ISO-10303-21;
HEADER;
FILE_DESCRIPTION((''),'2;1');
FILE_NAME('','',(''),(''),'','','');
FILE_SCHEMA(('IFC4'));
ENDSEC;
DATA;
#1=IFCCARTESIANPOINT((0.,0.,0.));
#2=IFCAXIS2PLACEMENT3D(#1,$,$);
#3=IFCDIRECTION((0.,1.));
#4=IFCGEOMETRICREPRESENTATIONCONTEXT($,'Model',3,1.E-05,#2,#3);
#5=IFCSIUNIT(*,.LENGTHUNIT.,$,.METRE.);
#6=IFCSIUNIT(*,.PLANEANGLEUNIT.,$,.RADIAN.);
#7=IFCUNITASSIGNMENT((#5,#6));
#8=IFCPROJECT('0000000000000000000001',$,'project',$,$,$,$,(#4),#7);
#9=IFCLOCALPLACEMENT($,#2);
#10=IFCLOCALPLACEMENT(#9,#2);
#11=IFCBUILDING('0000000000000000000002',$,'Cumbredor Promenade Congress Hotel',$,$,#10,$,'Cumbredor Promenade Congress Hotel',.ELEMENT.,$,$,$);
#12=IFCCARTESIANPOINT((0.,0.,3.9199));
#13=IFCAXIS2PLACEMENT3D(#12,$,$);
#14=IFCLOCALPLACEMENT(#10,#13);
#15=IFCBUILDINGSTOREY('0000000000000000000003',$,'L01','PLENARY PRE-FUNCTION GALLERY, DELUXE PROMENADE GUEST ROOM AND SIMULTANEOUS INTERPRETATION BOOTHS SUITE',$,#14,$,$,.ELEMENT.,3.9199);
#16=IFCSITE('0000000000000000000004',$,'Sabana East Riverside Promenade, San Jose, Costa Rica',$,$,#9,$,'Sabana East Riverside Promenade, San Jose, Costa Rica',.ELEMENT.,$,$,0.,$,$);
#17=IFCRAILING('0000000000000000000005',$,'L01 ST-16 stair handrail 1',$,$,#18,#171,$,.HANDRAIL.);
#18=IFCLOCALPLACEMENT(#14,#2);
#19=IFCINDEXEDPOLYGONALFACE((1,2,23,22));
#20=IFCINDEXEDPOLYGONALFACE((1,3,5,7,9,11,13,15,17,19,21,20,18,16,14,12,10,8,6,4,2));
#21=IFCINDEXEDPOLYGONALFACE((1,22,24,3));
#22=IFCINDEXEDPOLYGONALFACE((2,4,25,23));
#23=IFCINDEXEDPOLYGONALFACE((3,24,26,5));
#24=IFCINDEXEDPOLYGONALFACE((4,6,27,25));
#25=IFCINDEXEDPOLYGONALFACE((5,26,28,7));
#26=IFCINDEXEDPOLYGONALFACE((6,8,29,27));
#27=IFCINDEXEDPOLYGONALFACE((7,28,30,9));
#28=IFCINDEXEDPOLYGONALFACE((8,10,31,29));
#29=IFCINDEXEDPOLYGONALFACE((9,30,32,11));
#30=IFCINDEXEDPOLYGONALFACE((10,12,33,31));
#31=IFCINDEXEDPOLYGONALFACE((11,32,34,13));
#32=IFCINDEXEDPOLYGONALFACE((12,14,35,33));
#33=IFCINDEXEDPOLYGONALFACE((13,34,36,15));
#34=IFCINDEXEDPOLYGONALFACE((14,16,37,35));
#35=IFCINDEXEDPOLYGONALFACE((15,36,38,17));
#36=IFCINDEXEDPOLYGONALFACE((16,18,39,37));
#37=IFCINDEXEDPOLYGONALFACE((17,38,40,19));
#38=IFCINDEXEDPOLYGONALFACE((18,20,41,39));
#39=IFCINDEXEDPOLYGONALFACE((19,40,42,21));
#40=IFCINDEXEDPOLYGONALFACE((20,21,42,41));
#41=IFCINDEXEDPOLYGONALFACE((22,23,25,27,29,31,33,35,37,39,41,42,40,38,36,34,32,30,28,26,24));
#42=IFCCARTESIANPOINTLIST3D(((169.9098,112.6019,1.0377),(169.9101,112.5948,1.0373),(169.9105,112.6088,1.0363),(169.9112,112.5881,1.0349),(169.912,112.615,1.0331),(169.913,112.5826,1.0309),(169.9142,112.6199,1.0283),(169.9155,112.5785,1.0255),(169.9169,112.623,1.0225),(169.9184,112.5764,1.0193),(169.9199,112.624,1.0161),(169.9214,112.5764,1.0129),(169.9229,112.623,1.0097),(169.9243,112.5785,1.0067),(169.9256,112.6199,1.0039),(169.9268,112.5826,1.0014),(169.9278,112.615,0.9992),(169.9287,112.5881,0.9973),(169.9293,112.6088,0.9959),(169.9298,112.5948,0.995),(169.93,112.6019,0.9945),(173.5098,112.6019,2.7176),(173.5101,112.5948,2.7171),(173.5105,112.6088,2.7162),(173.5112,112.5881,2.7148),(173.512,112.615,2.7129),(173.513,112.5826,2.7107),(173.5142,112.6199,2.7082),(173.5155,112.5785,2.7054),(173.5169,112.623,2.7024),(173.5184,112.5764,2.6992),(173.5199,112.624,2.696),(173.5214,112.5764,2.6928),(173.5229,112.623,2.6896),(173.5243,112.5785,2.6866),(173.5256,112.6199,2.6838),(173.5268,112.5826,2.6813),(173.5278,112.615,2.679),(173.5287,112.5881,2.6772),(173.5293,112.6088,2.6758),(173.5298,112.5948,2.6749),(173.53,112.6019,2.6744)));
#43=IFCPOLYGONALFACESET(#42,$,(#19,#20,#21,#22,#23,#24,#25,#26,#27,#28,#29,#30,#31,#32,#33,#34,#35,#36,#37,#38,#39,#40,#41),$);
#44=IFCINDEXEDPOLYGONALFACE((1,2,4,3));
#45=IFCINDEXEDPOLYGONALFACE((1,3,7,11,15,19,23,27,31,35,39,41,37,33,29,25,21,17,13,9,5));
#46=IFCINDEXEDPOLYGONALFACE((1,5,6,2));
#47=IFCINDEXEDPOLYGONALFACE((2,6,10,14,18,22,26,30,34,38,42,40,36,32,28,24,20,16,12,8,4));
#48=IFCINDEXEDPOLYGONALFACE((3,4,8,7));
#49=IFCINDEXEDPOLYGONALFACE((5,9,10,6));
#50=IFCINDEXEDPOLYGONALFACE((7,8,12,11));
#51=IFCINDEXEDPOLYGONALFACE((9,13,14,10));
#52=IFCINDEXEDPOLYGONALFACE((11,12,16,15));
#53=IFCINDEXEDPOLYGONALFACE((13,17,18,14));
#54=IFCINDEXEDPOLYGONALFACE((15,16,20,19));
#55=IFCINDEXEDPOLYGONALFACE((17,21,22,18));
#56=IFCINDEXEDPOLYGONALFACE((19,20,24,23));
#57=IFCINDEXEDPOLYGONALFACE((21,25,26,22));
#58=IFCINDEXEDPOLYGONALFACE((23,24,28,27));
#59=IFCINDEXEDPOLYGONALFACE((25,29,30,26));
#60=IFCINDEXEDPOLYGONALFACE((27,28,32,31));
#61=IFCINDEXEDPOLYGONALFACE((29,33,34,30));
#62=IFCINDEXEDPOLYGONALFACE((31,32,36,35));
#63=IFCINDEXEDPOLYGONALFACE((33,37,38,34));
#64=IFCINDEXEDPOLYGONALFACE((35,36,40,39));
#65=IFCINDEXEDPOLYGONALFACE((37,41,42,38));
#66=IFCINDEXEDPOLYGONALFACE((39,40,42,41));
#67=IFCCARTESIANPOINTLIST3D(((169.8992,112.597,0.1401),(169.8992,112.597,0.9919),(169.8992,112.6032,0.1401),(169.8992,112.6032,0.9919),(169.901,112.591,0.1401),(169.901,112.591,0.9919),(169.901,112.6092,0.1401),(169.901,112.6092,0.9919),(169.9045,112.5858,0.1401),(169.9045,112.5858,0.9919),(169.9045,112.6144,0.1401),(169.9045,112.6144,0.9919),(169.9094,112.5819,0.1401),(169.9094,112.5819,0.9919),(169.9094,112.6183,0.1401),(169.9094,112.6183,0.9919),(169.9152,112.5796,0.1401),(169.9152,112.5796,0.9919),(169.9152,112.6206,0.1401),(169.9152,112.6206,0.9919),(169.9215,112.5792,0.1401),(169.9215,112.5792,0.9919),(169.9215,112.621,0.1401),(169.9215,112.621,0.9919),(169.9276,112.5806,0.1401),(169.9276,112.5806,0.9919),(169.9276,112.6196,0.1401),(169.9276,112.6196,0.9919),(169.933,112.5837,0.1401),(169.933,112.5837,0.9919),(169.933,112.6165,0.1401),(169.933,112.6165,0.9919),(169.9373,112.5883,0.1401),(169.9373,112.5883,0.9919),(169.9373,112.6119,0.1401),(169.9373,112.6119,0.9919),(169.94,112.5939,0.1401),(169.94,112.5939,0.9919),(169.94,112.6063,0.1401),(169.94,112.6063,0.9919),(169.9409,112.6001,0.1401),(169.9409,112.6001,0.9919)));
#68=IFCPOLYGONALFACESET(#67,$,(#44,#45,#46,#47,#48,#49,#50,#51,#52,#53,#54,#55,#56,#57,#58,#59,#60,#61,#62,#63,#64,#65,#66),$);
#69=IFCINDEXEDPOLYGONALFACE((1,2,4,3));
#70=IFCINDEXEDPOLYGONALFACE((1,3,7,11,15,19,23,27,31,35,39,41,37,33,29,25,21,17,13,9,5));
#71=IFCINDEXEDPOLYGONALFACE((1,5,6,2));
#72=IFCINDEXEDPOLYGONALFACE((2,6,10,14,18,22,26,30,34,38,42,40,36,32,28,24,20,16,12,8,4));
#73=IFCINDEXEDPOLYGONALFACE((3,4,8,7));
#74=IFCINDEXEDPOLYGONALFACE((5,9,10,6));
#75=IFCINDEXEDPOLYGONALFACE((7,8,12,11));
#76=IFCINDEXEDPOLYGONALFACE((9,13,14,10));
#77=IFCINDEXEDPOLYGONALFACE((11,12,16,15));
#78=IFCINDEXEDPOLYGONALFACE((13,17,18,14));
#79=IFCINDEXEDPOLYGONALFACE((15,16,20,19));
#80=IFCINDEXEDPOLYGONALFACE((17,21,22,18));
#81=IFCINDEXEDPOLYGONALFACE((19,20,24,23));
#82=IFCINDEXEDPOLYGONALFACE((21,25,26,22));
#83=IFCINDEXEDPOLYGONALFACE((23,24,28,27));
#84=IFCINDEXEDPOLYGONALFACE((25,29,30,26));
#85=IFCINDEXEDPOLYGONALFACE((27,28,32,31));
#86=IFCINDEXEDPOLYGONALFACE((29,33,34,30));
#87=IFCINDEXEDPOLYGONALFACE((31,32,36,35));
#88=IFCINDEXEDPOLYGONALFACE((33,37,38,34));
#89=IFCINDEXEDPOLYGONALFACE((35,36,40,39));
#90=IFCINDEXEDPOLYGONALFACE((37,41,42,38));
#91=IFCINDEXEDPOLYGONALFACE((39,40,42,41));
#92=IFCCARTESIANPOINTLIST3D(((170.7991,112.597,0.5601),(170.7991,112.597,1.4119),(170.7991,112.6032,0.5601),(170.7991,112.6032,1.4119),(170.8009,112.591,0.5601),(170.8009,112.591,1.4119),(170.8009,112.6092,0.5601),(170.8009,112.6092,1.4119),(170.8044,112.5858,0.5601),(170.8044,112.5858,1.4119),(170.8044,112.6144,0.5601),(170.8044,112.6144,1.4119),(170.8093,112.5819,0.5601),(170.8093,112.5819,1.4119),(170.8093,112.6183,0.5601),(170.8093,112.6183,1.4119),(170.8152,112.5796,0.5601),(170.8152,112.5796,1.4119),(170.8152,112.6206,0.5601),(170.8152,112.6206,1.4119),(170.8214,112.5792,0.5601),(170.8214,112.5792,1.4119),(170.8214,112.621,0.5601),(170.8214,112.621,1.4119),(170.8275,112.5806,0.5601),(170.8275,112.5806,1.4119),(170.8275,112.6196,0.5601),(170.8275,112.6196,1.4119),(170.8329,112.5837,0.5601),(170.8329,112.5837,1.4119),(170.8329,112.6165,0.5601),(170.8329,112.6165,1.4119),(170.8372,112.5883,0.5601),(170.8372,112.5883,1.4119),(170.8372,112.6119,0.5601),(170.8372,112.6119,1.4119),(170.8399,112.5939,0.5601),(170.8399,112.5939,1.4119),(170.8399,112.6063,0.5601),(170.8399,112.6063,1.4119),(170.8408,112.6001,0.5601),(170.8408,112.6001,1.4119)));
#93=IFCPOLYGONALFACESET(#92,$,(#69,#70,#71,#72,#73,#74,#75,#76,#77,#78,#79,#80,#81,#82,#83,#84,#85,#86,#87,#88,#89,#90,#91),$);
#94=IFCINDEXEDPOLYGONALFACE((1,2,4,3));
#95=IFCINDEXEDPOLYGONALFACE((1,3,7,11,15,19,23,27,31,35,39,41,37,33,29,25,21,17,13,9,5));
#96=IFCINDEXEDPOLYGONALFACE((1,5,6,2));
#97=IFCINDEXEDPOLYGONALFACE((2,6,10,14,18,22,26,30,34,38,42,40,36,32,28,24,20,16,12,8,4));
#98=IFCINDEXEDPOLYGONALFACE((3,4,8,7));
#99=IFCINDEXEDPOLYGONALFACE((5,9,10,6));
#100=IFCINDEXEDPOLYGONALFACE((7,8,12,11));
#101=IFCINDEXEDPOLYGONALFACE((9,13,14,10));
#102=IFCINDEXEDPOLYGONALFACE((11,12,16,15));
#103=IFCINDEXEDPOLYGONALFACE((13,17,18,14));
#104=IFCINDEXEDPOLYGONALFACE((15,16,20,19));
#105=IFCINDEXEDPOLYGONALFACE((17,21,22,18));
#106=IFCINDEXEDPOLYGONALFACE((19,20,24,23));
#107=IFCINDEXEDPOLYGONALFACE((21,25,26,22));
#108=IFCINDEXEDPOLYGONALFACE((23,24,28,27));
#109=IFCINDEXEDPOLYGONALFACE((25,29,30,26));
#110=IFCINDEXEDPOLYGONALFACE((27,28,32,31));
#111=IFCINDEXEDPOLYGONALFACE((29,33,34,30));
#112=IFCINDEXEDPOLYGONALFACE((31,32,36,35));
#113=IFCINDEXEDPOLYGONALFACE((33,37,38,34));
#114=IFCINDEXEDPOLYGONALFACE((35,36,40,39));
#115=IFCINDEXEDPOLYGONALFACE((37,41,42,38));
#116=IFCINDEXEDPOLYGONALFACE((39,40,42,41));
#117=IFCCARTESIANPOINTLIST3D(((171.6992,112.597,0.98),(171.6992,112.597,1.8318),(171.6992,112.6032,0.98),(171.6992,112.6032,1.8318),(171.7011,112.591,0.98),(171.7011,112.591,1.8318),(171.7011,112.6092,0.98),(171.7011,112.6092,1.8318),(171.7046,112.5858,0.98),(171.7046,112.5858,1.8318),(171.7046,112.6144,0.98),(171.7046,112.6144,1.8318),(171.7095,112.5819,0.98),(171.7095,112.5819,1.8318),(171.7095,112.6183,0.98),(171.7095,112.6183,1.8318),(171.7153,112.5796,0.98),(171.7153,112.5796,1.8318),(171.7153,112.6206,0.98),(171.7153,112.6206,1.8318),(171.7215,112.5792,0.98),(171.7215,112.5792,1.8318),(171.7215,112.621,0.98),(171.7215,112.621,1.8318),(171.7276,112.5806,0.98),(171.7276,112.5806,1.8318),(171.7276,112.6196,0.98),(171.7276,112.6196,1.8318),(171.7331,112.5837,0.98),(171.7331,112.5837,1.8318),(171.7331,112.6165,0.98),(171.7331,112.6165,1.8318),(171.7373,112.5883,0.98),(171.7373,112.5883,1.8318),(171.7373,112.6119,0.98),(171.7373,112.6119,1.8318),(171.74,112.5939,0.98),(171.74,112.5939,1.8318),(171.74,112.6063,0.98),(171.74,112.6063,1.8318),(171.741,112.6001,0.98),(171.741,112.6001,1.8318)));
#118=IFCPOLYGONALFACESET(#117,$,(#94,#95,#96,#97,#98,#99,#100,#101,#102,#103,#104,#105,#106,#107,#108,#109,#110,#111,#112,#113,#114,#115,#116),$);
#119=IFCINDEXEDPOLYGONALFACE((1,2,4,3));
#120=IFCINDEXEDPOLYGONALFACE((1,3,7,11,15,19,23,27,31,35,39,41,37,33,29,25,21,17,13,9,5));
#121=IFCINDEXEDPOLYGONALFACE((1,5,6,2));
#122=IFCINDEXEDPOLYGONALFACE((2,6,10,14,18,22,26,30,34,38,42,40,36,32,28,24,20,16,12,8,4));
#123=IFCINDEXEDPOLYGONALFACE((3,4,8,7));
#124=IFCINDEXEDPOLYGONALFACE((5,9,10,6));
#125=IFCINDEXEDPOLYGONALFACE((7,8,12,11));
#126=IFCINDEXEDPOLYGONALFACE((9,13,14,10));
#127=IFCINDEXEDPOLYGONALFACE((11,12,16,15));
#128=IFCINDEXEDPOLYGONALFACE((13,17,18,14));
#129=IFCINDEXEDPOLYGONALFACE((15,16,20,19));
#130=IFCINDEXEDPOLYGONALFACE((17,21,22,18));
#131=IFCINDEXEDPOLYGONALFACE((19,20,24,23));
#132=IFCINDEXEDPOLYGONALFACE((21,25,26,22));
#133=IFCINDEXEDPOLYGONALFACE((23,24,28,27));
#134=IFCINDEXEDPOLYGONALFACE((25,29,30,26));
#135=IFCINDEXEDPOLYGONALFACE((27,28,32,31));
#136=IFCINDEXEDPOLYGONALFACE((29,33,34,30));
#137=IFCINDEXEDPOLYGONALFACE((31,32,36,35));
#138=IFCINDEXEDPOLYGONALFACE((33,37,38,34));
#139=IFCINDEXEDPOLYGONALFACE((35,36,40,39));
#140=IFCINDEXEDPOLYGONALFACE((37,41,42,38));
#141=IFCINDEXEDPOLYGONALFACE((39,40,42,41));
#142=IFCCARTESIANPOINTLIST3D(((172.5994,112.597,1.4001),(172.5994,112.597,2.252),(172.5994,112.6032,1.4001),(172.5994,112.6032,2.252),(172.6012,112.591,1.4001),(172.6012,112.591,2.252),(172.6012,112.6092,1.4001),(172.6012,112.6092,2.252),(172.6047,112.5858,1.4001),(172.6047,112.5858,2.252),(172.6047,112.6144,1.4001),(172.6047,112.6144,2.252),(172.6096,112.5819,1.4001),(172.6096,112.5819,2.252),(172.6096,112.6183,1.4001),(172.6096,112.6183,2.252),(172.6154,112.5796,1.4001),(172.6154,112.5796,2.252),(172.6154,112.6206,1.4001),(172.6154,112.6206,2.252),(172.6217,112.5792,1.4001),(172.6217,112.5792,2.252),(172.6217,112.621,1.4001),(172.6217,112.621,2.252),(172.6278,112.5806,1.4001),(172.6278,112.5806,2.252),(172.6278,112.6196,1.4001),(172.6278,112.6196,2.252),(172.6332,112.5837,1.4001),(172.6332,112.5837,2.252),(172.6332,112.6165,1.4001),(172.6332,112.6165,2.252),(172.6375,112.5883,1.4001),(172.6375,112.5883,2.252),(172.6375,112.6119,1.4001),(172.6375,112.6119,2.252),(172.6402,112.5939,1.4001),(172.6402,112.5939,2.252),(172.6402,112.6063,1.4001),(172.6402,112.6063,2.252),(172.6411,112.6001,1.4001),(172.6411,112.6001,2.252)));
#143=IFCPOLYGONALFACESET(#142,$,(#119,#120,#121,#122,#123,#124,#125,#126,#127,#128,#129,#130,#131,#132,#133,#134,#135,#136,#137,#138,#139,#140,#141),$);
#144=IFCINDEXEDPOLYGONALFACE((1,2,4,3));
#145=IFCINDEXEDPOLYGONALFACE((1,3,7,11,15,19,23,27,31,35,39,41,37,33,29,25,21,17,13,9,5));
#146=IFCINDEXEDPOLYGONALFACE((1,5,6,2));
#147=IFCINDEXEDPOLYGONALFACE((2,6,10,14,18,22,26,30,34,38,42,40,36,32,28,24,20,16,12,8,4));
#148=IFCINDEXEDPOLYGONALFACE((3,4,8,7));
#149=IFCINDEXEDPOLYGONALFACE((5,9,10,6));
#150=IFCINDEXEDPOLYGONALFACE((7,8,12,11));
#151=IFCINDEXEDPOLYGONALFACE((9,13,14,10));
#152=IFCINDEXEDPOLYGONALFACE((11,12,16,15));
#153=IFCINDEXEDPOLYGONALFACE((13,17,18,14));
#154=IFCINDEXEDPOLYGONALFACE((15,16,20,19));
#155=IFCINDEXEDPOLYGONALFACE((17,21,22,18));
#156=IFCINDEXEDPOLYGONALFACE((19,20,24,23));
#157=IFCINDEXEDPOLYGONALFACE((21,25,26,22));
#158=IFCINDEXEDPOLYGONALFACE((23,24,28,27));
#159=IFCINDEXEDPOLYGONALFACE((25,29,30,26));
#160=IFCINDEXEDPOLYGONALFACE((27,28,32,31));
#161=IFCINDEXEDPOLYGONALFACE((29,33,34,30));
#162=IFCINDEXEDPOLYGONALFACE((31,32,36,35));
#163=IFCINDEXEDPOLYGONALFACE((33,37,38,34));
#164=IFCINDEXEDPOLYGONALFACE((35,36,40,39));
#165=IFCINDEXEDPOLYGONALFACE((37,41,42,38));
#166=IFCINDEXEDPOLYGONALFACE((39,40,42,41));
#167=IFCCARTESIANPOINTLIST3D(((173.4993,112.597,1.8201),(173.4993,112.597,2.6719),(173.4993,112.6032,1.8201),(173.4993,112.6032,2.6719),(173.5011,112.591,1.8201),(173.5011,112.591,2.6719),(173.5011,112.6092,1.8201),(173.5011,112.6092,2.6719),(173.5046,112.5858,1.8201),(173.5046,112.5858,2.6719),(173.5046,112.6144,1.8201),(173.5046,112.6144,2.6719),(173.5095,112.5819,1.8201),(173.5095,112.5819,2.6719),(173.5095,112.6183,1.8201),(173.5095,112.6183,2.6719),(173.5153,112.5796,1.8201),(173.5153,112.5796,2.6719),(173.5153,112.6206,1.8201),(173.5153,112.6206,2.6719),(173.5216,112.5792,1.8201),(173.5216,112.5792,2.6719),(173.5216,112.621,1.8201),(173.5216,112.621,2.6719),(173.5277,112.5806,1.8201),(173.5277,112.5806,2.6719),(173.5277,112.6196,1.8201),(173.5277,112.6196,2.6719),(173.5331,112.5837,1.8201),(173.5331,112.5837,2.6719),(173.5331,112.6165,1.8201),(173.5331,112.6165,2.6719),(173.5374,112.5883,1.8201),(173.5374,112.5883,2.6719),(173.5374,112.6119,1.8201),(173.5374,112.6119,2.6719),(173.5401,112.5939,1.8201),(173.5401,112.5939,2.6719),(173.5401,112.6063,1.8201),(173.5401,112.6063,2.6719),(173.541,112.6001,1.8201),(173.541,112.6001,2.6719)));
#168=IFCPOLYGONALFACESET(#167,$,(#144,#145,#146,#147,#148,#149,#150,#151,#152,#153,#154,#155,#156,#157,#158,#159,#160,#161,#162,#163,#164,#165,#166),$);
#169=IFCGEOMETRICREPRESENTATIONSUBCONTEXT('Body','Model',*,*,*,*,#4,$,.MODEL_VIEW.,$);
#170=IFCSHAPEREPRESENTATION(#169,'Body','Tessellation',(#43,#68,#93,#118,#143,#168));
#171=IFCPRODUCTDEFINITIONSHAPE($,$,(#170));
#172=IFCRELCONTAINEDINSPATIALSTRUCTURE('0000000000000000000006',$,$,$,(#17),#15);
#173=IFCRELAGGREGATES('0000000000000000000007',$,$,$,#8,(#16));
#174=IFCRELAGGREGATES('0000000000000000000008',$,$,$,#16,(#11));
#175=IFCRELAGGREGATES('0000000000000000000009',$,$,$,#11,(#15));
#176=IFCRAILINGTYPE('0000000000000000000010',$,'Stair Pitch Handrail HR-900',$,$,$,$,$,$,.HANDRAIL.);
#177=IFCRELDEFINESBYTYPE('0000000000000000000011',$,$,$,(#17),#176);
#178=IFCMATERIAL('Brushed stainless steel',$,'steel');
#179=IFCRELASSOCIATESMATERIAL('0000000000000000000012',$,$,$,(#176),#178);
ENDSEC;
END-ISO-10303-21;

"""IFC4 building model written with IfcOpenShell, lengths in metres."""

from ifc_helpers import new_model, si_unit, direction, frame, origin, origin_2d, place, context, subcontext, project, spatial, circle, extrude, material, type_object, element, save


model = new_model("IFC4")

# Units and contexts
model_context = context("Model", 3, precision=1e-05, world=origin(), true_north=direction((0.0, 1.0)))
body_context = subcontext(model_context, "Body", "Model", "MODEL_VIEW")
ifc_project = project(units=[si_unit("LENGTHUNIT", "METRE"), si_unit("PLANEANGLEUNIT", "RADIAN")], contexts=[model_context])

# Site, building, storey
site_placement = place(None, origin())
site = spatial("IfcSite", under=ifc_project, at=site_placement, Name="Sabana East Riverside Promenade, San Jose, Costa Rica", LongName="Sabana East Riverside Promenade, San Jose, Costa Rica", CompositionType="ELEMENT", RefElevation=0.0)
building_placement = place(site_placement, origin())
building = spatial("IfcBuilding", under=site, at=building_placement, Name="Cumbredor Promenade Congress Hotel", LongName="Cumbredor Promenade Congress Hotel", CompositionType="ELEMENT")
storey_placement = place(building_placement, frame((0.0, 0.0, 3.9199)))
storey = spatial("IfcBuildingStorey", under=building, at=storey_placement, Name="L01", Description="PLENARY PRE-FUNCTION GALLERY, DELUXE PROMENADE GUEST ROOM AND SIMULTANEOUS INTERPRETATION BOOTHS SUITE", CompositionType="ELEMENT", Elevation=3.9199)

# Railing
ifc_material_1 = material(Name="Brushed stainless steel", Category="steel")
railing_type_1 = type_object("IfcRailingType", Name="Stair Pitch Handrail HR-900", PredefinedType="HANDRAIL", material=ifc_material_1)
railing_1_placement = place(storey_placement, frame((169.9199, 112.6001, 0.1401)))
element("IfcRailing", 1, at=railing_1_placement, inside=storey, type_object=railing_type_1, Name="L01 ST-16 stair handrail 1", PredefinedType="HANDRAIL", context=body_context, shape_type="SweptSolid", body=[
    extrude(circle(Radius=0.0239, at=origin_2d()), frame((0.0, 0.0, 0.876), z_axis=(0.906194, 0.0, 0.422862), x_axis=(0.0, 1.0, 0.0)), (0.0, 0.0, 1.0), 3.9727),
    extrude(circle(Radius=0.021, at=origin_2d()), origin(), (0.0, 0.0, 1.0), 0.8518),
    extrude(circle(Radius=0.021, at=origin_2d()), frame((0.8999, 0.0, 0.4199)), (0.0, 0.0, 1.0), 0.8518),
    extrude(circle(Radius=0.021, at=origin_2d()), frame((1.8, 0.0, 0.8398)), (0.0, 0.0, 1.0), 0.8518),
    extrude(circle(Radius=0.021, at=origin_2d()), frame((2.7002, 0.0, 1.26)), (0.0, 0.0, 1.0), 0.8518),
    extrude(circle(Radius=0.021, at=origin_2d()), frame((3.6001, 0.0, 1.6799)), (0.0, 0.0, 1.0), 0.8518),
])

save(model, "model.ifc")
